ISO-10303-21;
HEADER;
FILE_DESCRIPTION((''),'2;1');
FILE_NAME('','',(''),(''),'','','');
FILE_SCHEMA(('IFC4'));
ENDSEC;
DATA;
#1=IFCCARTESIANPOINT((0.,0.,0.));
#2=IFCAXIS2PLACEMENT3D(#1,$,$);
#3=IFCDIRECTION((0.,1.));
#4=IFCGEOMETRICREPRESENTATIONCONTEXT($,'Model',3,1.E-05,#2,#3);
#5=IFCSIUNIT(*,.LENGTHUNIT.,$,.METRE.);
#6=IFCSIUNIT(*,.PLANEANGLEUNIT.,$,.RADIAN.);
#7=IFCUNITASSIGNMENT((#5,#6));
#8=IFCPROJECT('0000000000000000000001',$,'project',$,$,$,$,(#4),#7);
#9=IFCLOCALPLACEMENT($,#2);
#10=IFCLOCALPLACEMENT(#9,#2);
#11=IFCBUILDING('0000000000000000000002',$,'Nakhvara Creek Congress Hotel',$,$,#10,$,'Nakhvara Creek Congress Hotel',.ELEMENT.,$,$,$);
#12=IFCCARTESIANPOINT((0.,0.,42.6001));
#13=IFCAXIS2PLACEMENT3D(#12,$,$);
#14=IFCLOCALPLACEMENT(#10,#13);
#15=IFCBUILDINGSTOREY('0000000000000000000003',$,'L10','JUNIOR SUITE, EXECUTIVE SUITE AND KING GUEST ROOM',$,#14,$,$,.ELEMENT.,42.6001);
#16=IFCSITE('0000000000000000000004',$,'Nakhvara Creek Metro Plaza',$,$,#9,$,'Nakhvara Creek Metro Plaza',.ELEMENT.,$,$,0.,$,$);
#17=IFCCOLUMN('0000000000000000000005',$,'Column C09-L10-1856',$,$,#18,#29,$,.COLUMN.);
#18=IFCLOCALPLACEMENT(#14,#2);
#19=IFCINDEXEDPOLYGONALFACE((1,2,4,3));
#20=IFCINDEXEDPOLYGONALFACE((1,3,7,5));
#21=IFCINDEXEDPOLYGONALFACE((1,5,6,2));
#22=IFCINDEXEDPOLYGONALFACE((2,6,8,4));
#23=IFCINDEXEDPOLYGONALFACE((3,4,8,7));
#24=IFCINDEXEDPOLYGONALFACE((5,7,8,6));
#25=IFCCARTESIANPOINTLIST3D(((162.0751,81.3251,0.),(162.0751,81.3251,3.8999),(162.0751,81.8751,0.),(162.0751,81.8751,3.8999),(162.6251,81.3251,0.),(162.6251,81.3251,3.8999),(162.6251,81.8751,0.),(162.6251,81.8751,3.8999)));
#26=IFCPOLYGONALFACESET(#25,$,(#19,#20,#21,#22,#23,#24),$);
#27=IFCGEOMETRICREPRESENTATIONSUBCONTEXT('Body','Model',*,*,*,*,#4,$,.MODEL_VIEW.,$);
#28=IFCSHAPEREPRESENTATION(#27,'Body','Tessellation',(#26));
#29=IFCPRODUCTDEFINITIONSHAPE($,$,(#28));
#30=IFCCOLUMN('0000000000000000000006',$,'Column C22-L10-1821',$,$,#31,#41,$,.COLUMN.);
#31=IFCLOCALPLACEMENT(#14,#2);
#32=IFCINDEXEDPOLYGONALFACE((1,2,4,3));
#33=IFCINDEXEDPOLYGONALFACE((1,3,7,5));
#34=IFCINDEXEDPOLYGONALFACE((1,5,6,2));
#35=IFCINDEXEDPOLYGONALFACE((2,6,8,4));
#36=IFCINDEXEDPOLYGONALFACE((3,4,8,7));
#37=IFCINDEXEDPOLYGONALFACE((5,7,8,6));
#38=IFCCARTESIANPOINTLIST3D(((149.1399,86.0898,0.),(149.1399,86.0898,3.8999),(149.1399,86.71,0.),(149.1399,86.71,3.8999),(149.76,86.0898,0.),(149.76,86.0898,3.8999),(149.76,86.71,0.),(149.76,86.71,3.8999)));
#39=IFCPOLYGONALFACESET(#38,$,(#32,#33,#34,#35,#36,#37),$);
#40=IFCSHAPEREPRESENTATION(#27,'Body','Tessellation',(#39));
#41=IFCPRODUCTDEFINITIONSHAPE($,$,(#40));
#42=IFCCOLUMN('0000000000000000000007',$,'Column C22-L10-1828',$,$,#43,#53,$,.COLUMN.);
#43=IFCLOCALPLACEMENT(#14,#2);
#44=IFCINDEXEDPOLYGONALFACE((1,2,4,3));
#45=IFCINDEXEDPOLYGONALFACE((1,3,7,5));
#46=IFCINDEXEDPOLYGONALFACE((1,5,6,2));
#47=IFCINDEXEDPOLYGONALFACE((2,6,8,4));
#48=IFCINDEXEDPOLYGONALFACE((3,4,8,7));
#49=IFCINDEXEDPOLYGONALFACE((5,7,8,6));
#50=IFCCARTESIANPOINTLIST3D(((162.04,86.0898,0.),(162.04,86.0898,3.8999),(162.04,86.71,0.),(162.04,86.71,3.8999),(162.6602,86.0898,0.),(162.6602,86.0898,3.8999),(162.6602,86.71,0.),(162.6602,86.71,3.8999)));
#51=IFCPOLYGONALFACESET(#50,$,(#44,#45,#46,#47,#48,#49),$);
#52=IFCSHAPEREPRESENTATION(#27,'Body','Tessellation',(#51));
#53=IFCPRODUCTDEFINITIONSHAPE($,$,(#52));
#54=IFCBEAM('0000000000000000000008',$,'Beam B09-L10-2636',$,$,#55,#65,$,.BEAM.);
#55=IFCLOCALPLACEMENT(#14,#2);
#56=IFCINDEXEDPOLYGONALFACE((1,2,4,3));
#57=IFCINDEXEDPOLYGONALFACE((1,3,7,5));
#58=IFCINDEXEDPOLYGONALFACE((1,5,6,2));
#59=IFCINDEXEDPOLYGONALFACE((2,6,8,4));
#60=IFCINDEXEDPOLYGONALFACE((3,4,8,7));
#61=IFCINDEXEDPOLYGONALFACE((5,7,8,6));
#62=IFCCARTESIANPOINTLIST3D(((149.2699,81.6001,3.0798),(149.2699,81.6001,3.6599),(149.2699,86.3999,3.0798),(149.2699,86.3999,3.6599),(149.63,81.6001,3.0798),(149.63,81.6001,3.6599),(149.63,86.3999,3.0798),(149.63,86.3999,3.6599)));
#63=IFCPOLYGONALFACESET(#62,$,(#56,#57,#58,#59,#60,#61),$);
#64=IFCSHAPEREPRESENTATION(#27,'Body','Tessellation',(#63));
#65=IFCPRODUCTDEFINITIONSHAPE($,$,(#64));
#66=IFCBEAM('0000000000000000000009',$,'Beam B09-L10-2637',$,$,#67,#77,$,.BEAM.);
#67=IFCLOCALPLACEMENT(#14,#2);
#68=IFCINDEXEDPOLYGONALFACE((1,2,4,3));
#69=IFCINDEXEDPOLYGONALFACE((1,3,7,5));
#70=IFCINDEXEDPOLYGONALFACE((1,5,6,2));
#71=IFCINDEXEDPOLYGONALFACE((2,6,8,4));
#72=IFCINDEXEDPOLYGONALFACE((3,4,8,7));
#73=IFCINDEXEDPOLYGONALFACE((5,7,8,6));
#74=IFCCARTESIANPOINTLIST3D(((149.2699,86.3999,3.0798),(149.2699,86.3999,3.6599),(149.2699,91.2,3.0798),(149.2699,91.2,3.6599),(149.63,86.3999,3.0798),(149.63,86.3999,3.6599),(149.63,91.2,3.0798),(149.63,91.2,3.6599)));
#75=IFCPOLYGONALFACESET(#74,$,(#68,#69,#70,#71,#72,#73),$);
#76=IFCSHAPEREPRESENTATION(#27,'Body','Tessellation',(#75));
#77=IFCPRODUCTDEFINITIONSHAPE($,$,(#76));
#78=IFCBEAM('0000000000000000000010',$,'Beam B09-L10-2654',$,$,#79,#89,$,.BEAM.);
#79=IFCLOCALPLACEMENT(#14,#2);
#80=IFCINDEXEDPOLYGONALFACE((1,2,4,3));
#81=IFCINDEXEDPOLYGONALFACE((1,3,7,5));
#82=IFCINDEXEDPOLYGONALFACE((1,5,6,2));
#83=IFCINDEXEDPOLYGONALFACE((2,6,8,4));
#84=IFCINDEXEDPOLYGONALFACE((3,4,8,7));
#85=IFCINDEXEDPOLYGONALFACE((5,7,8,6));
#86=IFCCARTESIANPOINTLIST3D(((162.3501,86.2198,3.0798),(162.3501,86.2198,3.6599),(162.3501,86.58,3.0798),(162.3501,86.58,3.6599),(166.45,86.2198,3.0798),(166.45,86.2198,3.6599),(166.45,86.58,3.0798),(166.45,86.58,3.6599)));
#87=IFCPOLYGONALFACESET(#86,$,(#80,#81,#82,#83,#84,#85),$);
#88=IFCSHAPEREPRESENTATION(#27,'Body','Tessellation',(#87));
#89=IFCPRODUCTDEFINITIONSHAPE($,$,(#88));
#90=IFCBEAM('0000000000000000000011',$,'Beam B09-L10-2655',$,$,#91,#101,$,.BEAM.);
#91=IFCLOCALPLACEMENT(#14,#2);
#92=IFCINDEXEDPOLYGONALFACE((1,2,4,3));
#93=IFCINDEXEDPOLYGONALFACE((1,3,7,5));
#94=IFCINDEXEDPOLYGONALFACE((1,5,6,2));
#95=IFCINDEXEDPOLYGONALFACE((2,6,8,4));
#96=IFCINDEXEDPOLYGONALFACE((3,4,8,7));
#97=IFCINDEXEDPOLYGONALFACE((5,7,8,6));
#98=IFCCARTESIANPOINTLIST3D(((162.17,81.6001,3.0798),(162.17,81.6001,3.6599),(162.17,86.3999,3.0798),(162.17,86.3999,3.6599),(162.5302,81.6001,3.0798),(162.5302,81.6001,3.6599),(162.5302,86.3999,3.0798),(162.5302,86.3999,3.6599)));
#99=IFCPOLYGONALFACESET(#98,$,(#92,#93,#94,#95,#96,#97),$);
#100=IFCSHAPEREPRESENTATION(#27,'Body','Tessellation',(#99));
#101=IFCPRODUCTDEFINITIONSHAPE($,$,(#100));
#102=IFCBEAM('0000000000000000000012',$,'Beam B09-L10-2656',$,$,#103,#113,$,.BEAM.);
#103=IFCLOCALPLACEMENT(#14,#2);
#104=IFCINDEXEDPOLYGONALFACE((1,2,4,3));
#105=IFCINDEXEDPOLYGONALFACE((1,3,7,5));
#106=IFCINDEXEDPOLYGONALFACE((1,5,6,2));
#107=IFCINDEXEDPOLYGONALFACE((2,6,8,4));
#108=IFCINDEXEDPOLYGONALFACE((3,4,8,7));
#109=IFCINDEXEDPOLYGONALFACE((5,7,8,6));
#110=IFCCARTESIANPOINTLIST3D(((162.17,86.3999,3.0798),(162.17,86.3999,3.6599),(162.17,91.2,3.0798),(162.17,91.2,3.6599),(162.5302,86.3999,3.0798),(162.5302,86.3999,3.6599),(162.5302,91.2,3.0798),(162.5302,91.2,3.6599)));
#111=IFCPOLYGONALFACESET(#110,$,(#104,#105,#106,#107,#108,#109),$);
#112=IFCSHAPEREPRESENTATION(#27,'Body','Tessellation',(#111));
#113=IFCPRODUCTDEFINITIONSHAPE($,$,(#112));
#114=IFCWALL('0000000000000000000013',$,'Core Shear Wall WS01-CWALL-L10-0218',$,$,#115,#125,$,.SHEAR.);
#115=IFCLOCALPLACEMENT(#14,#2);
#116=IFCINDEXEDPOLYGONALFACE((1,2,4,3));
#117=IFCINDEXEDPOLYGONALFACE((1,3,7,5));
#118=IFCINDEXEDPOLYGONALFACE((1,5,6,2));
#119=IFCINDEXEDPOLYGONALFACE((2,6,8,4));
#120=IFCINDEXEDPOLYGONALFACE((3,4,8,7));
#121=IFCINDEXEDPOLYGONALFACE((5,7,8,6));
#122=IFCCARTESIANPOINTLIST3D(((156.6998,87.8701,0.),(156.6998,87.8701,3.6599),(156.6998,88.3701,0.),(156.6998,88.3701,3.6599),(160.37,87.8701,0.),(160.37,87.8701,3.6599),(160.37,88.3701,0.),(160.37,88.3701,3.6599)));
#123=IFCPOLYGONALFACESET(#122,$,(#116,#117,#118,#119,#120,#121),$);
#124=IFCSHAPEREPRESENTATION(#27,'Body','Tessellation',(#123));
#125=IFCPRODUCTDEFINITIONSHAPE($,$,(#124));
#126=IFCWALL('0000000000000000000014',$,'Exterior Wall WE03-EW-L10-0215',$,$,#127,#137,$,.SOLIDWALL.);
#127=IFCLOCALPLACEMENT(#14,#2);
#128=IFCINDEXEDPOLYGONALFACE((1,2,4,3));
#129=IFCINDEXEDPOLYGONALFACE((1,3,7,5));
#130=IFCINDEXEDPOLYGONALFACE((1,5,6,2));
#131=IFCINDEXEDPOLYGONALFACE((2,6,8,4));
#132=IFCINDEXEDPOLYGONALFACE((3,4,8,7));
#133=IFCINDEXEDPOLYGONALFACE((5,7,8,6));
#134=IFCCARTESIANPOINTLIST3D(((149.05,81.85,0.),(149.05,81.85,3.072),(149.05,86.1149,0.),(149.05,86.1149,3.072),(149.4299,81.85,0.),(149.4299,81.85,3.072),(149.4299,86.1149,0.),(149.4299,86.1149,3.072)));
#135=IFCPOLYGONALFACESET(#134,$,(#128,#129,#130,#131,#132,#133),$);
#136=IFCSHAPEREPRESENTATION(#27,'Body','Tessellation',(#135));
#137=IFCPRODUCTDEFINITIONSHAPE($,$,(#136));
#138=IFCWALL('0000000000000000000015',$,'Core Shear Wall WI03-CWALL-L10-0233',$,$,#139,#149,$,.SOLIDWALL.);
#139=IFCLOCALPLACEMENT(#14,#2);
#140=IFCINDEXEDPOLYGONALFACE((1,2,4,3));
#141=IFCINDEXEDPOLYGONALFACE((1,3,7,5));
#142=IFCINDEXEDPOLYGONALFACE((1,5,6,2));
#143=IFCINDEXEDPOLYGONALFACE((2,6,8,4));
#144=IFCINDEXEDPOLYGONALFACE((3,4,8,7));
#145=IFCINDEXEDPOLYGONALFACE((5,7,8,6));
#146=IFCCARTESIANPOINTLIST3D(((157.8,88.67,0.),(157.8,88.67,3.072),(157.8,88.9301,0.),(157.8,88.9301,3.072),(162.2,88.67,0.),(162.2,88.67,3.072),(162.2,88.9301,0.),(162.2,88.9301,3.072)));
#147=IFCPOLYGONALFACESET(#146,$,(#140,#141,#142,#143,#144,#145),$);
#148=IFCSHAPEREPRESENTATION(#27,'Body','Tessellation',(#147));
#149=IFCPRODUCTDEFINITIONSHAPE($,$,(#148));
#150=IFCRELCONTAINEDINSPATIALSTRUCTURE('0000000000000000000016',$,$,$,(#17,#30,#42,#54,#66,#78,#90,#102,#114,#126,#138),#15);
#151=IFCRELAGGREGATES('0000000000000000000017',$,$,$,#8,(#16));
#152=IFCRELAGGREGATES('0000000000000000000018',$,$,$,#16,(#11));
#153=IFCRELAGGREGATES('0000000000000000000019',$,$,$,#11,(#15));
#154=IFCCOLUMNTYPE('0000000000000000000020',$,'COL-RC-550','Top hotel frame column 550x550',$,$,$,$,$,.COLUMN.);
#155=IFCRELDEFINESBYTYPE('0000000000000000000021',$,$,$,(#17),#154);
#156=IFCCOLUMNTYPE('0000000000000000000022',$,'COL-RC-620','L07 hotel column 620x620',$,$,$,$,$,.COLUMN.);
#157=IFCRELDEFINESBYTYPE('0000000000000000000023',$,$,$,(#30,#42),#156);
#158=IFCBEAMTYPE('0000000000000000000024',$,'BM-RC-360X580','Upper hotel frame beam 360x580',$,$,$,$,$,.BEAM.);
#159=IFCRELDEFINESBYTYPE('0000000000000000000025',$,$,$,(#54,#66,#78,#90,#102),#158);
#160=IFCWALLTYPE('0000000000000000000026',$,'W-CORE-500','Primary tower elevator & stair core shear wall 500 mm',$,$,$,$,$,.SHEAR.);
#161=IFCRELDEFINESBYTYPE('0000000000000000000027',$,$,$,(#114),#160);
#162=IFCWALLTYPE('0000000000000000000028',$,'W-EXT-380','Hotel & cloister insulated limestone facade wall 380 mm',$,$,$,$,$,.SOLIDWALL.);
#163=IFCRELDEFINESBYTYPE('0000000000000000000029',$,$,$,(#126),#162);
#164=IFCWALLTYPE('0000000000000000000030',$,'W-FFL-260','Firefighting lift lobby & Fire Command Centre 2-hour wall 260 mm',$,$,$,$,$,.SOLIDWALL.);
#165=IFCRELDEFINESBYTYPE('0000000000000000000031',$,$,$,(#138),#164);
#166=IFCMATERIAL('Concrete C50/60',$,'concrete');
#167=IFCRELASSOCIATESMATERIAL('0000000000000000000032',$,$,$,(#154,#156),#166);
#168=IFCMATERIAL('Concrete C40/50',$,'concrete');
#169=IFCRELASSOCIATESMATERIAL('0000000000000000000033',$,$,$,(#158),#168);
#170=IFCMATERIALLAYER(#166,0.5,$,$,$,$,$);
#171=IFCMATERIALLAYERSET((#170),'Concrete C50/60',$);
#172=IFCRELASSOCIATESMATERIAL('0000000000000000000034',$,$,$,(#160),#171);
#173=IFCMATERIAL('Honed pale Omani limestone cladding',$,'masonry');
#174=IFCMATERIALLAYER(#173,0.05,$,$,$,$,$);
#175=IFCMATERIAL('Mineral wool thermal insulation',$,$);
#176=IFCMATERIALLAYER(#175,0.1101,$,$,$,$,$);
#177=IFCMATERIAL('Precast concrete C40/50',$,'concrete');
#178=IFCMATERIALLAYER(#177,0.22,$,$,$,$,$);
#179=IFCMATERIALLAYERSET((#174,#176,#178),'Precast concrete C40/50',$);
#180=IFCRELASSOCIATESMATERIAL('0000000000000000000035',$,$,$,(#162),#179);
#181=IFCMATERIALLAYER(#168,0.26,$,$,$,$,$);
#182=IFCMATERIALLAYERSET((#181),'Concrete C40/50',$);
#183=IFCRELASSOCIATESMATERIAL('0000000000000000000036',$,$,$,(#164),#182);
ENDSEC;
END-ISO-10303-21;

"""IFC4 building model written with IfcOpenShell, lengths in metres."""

from ifc_helpers import new_model, si_unit, direction, frame, frame_2d, origin, origin_2d, place, context, subcontext, project, spatial, rectangle, extrude, material, layer, layer_set, material_profile, profile_set, type_object, element, save


model = new_model("IFC4")

# Units and contexts
model_context = context("Model", 3, precision=1e-05, world=origin(), true_north=direction((0.0, 1.0)))
body_context = subcontext(model_context, "Body", "Model", "MODEL_VIEW")
ifc_project = project(units=[si_unit("LENGTHUNIT", "METRE"), si_unit("PLANEANGLEUNIT", "RADIAN")], contexts=[model_context])

# Site, building, storey
site_placement = place(None, origin())
site = spatial("IfcSite", under=ifc_project, at=site_placement, Name="Nakhvara Creek Metro Plaza", LongName="Nakhvara Creek Metro Plaza", CompositionType="ELEMENT", RefElevation=0.0)
building_placement = place(site_placement, origin())
building = spatial("IfcBuilding", under=site, at=building_placement, Name="Nakhvara Creek Congress Hotel", LongName="Nakhvara Creek Congress Hotel", CompositionType="ELEMENT")
storey_placement = place(building_placement, frame((0.0, 0.0, 42.6001)))
storey = spatial("IfcBuildingStorey", under=building, at=storey_placement, Name="L10", Description="JUNIOR SUITE, EXECUTIVE SUITE AND KING GUEST ROOM", CompositionType="ELEMENT", Elevation=42.6001)

# Columns
ifc_material_1 = material(Name="Concrete C50/60", Category="concrete")
ifc_material_profile_1 = material_profile(ifc_material_1, rectangle(XDim=0.55, YDim=0.55, at=origin_2d()), Name="RC-COL 550x550", Category="LoadBearing")
ifc_profile_set_1 = profile_set([ifc_material_profile_1], Name="Concrete C50/60")
column_type_1 = type_object("IfcColumnType", Name="COL-RC-550", Description="Top hotel frame column 550x550", PredefinedType="COLUMN", material=ifc_profile_set_1)
column_placement = place(storey_placement, frame((162.3501, 81.6001, 0.0), z_axis=(0.0, 0.0, 1.0), x_axis=(1.0, 0.0, 0.0)))
element("IfcColumn", 1, at=column_placement, inside=storey, type_object=column_type_1, Name="Column C09-L10-1856", PredefinedType="COLUMN", context=body_context, shape_type="SweptSolid", body=[
    extrude(rectangle(XDim=0.55, YDim=0.55, at=origin_2d()), origin(), (0.0, 0.0, 1.0), 3.8999),
])
ifc_material_profile_2 = material_profile(ifc_material_1, rectangle(XDim=0.6201, YDim=0.6201, at=origin_2d()), Name="RC-COL 620x620", Category="LoadBearing")
ifc_profile_set_2 = profile_set([ifc_material_profile_2], Name="Concrete C50/60")
column_type_2 = type_object("IfcColumnType", Name="COL-RC-620", Description="L07 hotel column 620x620", PredefinedType="COLUMN", material=ifc_profile_set_2)
for number, where, z_axis, x_axis, name in (
    (2, (149.45, 86.3999, 0.0), (0.0, 0.0, 1.0), (1.0, 0.0, 0.0), "Column C22-L10-1821"),
    (3, (162.3501, 86.3999, 0.0), (0.0, 0.0, 1.0), (1.0, 0.0, 0.0), "Column C22-L10-1828"),
):
    element("IfcColumn", number, at=place(storey_placement, frame(where, z_axis=z_axis, x_axis=x_axis)), inside=storey, type_object=column_type_2, Name=name, PredefinedType="COLUMN", context=body_context, shape_type="SweptSolid", body=[
        extrude(rectangle(XDim=0.6201, YDim=0.6201, at=origin_2d()), origin(), (0.0, 0.0, 1.0), 3.8999),
    ])

# Beams
ifc_material_2 = material(Name="Concrete C40/50", Category="concrete")
ifc_material_profile_3 = material_profile(ifc_material_2, rectangle(XDim=0.3601, YDim=0.5801, at=origin_2d()), Name="RC-BM 360x580", Category="LoadBearing")
ifc_profile_set_3 = profile_set([ifc_material_profile_3], Name="Concrete C40/50")
beam_type = type_object("IfcBeamType", Name="BM-RC-360X580", Description="Upper hotel frame beam 360x580", PredefinedType="BEAM", material=ifc_profile_set_3)
beam_1_placement = place(storey_placement, frame((149.45, 81.6001, 3.3699), z_axis=(0.0, 1.0, 0.0), x_axis=(-1.0, 0.0, 0.0)))
element("IfcBeam", 4, at=beam_1_placement, inside=storey, type_object=beam_type, Name="Beam B09-L10-2636", PredefinedType="BEAM", context=body_context, shape_type="SweptSolid", body=[
    extrude(rectangle(XDim=0.3601, YDim=0.5801, at=origin_2d()), origin(), (0.0, 0.0, 1.0), 4.7998),
])
beam_2_placement = place(storey_placement, frame((149.45, 86.3999, 3.3699), z_axis=(0.0, 1.0, 0.0), x_axis=(-1.0, 0.0, 0.0)))
element("IfcBeam", 5, at=beam_2_placement, inside=storey, type_object=beam_type, Name="Beam B09-L10-2637", PredefinedType="BEAM", context=body_context, shape_type="SweptSolid", body=[
    extrude(rectangle(XDim=0.3601, YDim=0.5801, at=origin_2d()), origin(), (0.0, 0.0, 1.0), 4.8),
])
beam_3_placement = place(storey_placement, frame((162.3501, 86.3999, 3.3699), z_axis=(1.0, 0.0, 0.0), x_axis=(0.0, 1.0, 0.0)))
element("IfcBeam", 6, at=beam_3_placement, inside=storey, type_object=beam_type, Name="Beam B09-L10-2654", PredefinedType="BEAM", context=body_context, shape_type="SweptSolid", body=[
    extrude(rectangle(XDim=0.3601, YDim=0.5801, at=origin_2d()), origin(), (0.0, 0.0, 1.0), 4.0999),
])
beam_4_placement = place(storey_placement, frame((162.3501, 81.6001, 3.3699), z_axis=(0.0, 1.0, 0.0), x_axis=(-1.0, 0.0, 0.0)))
element("IfcBeam", 7, at=beam_4_placement, inside=storey, type_object=beam_type, Name="Beam B09-L10-2655", PredefinedType="BEAM", context=body_context, shape_type="SweptSolid", body=[
    extrude(rectangle(XDim=0.3601, YDim=0.5801, at=origin_2d()), origin(), (0.0, 0.0, 1.0), 4.7998),
])
beam_5_placement = place(storey_placement, frame((162.3501, 86.3999, 3.3699), z_axis=(0.0, 1.0, 0.0), x_axis=(-1.0, 0.0, 0.0)))
element("IfcBeam", 8, at=beam_5_placement, inside=storey, type_object=beam_type, Name="Beam B09-L10-2656", PredefinedType="BEAM", context=body_context, shape_type="SweptSolid", body=[
    extrude(rectangle(XDim=0.3601, YDim=0.5801, at=origin_2d()), origin(), (0.0, 0.0, 1.0), 4.8),
])

# Walls
ifc_layer_1 = layer(ifc_material_1, 0.5)
ifc_layer_set_1 = layer_set([ifc_layer_1], Name="Concrete C50/60")
wall_type_1 = type_object("IfcWallType", Name="W-CORE-500", Description="Primary tower elevator & stair core shear wall 500 mm", PredefinedType="SHEAR", material=ifc_layer_set_1)
wall_1_placement = place(storey_placement, frame((156.7, 88.1201, 0.0), z_axis=(0.0, 0.0, 1.0), x_axis=(1.0, 0.0, 0.0)))
element("IfcWall", 9, at=wall_1_placement, inside=storey, type_object=wall_type_1, Name="Core Shear Wall WS01-CWALL-L10-0218", PredefinedType="SHEAR", context=body_context, shape_type="SweptSolid", body=[
    extrude(rectangle(XDim=3.6702, YDim=0.5, at=frame_2d((1.835, 0.0))), origin(), (0.0, 0.0, 1.0), 3.6599),
])
ifc_material_3 = material(Name="Honed pale Omani limestone cladding", Category="masonry")
ifc_layer_2 = layer(ifc_material_3, 0.05)
ifc_material_4 = material(Name="Mineral wool thermal insulation")
ifc_layer_3 = layer(ifc_material_4, 0.1101)
ifc_material_5 = material(Name="Precast concrete C40/50", Category="concrete")
ifc_layer_4 = layer(ifc_material_5, 0.22)
ifc_layer_set_2 = layer_set([ifc_layer_2, ifc_layer_3, ifc_layer_4], Name="Precast concrete C40/50")
wall_type_2 = type_object("IfcWallType", Name="W-EXT-380", Description="Hotel & cloister insulated limestone facade wall 380 mm", PredefinedType="SOLIDWALL", material=ifc_layer_set_2)
wall_2_placement = place(storey_placement, frame((149.24, 81.8501, 0.0), z_axis=(0.0, 0.0, 1.0), x_axis=(0.0, 1.0, 0.0)))
element("IfcWall", 10, at=wall_2_placement, inside=storey, type_object=wall_type_2, Name="Exterior Wall WE03-EW-L10-0215", PredefinedType="SOLIDWALL", context=body_context, shape_type="SweptSolid", body=[
    extrude(rectangle(XDim=4.2649, YDim=0.3799, at=frame_2d((2.1323, 0.0))), origin(), (0.0, 0.0, 1.0), 3.072),
])

# Shared definitions
ifc_layer_5 = layer(ifc_material_2, 0.26)
ifc_layer_set_3 = layer_set([ifc_layer_5], Name="Concrete C40/50")
wall_type_3 = type_object("IfcWallType", Name="W-FFL-260", Description="Firefighting lift lobby & Fire Command Centre 2-hour wall 260 mm", PredefinedType="SOLIDWALL", material=ifc_layer_set_3)

# Wall
wall_3_placement = place(storey_placement, frame((157.8, 88.8, 0.0), z_axis=(0.0, 0.0, 1.0), x_axis=(1.0, 0.0, 0.0)))
element("IfcWall", 11, at=wall_3_placement, inside=storey, type_object=wall_type_3, Name="Core Shear Wall WI03-CWALL-L10-0233", PredefinedType="SOLIDWALL", context=body_context, shape_type="SweptSolid", body=[
    extrude(rectangle(XDim=4.3999, YDim=0.26, at=frame_2d((2.2, 0.0))), origin(), (0.0, 0.0, 1.0), 3.072),
])

save(model, "model.ifc")
